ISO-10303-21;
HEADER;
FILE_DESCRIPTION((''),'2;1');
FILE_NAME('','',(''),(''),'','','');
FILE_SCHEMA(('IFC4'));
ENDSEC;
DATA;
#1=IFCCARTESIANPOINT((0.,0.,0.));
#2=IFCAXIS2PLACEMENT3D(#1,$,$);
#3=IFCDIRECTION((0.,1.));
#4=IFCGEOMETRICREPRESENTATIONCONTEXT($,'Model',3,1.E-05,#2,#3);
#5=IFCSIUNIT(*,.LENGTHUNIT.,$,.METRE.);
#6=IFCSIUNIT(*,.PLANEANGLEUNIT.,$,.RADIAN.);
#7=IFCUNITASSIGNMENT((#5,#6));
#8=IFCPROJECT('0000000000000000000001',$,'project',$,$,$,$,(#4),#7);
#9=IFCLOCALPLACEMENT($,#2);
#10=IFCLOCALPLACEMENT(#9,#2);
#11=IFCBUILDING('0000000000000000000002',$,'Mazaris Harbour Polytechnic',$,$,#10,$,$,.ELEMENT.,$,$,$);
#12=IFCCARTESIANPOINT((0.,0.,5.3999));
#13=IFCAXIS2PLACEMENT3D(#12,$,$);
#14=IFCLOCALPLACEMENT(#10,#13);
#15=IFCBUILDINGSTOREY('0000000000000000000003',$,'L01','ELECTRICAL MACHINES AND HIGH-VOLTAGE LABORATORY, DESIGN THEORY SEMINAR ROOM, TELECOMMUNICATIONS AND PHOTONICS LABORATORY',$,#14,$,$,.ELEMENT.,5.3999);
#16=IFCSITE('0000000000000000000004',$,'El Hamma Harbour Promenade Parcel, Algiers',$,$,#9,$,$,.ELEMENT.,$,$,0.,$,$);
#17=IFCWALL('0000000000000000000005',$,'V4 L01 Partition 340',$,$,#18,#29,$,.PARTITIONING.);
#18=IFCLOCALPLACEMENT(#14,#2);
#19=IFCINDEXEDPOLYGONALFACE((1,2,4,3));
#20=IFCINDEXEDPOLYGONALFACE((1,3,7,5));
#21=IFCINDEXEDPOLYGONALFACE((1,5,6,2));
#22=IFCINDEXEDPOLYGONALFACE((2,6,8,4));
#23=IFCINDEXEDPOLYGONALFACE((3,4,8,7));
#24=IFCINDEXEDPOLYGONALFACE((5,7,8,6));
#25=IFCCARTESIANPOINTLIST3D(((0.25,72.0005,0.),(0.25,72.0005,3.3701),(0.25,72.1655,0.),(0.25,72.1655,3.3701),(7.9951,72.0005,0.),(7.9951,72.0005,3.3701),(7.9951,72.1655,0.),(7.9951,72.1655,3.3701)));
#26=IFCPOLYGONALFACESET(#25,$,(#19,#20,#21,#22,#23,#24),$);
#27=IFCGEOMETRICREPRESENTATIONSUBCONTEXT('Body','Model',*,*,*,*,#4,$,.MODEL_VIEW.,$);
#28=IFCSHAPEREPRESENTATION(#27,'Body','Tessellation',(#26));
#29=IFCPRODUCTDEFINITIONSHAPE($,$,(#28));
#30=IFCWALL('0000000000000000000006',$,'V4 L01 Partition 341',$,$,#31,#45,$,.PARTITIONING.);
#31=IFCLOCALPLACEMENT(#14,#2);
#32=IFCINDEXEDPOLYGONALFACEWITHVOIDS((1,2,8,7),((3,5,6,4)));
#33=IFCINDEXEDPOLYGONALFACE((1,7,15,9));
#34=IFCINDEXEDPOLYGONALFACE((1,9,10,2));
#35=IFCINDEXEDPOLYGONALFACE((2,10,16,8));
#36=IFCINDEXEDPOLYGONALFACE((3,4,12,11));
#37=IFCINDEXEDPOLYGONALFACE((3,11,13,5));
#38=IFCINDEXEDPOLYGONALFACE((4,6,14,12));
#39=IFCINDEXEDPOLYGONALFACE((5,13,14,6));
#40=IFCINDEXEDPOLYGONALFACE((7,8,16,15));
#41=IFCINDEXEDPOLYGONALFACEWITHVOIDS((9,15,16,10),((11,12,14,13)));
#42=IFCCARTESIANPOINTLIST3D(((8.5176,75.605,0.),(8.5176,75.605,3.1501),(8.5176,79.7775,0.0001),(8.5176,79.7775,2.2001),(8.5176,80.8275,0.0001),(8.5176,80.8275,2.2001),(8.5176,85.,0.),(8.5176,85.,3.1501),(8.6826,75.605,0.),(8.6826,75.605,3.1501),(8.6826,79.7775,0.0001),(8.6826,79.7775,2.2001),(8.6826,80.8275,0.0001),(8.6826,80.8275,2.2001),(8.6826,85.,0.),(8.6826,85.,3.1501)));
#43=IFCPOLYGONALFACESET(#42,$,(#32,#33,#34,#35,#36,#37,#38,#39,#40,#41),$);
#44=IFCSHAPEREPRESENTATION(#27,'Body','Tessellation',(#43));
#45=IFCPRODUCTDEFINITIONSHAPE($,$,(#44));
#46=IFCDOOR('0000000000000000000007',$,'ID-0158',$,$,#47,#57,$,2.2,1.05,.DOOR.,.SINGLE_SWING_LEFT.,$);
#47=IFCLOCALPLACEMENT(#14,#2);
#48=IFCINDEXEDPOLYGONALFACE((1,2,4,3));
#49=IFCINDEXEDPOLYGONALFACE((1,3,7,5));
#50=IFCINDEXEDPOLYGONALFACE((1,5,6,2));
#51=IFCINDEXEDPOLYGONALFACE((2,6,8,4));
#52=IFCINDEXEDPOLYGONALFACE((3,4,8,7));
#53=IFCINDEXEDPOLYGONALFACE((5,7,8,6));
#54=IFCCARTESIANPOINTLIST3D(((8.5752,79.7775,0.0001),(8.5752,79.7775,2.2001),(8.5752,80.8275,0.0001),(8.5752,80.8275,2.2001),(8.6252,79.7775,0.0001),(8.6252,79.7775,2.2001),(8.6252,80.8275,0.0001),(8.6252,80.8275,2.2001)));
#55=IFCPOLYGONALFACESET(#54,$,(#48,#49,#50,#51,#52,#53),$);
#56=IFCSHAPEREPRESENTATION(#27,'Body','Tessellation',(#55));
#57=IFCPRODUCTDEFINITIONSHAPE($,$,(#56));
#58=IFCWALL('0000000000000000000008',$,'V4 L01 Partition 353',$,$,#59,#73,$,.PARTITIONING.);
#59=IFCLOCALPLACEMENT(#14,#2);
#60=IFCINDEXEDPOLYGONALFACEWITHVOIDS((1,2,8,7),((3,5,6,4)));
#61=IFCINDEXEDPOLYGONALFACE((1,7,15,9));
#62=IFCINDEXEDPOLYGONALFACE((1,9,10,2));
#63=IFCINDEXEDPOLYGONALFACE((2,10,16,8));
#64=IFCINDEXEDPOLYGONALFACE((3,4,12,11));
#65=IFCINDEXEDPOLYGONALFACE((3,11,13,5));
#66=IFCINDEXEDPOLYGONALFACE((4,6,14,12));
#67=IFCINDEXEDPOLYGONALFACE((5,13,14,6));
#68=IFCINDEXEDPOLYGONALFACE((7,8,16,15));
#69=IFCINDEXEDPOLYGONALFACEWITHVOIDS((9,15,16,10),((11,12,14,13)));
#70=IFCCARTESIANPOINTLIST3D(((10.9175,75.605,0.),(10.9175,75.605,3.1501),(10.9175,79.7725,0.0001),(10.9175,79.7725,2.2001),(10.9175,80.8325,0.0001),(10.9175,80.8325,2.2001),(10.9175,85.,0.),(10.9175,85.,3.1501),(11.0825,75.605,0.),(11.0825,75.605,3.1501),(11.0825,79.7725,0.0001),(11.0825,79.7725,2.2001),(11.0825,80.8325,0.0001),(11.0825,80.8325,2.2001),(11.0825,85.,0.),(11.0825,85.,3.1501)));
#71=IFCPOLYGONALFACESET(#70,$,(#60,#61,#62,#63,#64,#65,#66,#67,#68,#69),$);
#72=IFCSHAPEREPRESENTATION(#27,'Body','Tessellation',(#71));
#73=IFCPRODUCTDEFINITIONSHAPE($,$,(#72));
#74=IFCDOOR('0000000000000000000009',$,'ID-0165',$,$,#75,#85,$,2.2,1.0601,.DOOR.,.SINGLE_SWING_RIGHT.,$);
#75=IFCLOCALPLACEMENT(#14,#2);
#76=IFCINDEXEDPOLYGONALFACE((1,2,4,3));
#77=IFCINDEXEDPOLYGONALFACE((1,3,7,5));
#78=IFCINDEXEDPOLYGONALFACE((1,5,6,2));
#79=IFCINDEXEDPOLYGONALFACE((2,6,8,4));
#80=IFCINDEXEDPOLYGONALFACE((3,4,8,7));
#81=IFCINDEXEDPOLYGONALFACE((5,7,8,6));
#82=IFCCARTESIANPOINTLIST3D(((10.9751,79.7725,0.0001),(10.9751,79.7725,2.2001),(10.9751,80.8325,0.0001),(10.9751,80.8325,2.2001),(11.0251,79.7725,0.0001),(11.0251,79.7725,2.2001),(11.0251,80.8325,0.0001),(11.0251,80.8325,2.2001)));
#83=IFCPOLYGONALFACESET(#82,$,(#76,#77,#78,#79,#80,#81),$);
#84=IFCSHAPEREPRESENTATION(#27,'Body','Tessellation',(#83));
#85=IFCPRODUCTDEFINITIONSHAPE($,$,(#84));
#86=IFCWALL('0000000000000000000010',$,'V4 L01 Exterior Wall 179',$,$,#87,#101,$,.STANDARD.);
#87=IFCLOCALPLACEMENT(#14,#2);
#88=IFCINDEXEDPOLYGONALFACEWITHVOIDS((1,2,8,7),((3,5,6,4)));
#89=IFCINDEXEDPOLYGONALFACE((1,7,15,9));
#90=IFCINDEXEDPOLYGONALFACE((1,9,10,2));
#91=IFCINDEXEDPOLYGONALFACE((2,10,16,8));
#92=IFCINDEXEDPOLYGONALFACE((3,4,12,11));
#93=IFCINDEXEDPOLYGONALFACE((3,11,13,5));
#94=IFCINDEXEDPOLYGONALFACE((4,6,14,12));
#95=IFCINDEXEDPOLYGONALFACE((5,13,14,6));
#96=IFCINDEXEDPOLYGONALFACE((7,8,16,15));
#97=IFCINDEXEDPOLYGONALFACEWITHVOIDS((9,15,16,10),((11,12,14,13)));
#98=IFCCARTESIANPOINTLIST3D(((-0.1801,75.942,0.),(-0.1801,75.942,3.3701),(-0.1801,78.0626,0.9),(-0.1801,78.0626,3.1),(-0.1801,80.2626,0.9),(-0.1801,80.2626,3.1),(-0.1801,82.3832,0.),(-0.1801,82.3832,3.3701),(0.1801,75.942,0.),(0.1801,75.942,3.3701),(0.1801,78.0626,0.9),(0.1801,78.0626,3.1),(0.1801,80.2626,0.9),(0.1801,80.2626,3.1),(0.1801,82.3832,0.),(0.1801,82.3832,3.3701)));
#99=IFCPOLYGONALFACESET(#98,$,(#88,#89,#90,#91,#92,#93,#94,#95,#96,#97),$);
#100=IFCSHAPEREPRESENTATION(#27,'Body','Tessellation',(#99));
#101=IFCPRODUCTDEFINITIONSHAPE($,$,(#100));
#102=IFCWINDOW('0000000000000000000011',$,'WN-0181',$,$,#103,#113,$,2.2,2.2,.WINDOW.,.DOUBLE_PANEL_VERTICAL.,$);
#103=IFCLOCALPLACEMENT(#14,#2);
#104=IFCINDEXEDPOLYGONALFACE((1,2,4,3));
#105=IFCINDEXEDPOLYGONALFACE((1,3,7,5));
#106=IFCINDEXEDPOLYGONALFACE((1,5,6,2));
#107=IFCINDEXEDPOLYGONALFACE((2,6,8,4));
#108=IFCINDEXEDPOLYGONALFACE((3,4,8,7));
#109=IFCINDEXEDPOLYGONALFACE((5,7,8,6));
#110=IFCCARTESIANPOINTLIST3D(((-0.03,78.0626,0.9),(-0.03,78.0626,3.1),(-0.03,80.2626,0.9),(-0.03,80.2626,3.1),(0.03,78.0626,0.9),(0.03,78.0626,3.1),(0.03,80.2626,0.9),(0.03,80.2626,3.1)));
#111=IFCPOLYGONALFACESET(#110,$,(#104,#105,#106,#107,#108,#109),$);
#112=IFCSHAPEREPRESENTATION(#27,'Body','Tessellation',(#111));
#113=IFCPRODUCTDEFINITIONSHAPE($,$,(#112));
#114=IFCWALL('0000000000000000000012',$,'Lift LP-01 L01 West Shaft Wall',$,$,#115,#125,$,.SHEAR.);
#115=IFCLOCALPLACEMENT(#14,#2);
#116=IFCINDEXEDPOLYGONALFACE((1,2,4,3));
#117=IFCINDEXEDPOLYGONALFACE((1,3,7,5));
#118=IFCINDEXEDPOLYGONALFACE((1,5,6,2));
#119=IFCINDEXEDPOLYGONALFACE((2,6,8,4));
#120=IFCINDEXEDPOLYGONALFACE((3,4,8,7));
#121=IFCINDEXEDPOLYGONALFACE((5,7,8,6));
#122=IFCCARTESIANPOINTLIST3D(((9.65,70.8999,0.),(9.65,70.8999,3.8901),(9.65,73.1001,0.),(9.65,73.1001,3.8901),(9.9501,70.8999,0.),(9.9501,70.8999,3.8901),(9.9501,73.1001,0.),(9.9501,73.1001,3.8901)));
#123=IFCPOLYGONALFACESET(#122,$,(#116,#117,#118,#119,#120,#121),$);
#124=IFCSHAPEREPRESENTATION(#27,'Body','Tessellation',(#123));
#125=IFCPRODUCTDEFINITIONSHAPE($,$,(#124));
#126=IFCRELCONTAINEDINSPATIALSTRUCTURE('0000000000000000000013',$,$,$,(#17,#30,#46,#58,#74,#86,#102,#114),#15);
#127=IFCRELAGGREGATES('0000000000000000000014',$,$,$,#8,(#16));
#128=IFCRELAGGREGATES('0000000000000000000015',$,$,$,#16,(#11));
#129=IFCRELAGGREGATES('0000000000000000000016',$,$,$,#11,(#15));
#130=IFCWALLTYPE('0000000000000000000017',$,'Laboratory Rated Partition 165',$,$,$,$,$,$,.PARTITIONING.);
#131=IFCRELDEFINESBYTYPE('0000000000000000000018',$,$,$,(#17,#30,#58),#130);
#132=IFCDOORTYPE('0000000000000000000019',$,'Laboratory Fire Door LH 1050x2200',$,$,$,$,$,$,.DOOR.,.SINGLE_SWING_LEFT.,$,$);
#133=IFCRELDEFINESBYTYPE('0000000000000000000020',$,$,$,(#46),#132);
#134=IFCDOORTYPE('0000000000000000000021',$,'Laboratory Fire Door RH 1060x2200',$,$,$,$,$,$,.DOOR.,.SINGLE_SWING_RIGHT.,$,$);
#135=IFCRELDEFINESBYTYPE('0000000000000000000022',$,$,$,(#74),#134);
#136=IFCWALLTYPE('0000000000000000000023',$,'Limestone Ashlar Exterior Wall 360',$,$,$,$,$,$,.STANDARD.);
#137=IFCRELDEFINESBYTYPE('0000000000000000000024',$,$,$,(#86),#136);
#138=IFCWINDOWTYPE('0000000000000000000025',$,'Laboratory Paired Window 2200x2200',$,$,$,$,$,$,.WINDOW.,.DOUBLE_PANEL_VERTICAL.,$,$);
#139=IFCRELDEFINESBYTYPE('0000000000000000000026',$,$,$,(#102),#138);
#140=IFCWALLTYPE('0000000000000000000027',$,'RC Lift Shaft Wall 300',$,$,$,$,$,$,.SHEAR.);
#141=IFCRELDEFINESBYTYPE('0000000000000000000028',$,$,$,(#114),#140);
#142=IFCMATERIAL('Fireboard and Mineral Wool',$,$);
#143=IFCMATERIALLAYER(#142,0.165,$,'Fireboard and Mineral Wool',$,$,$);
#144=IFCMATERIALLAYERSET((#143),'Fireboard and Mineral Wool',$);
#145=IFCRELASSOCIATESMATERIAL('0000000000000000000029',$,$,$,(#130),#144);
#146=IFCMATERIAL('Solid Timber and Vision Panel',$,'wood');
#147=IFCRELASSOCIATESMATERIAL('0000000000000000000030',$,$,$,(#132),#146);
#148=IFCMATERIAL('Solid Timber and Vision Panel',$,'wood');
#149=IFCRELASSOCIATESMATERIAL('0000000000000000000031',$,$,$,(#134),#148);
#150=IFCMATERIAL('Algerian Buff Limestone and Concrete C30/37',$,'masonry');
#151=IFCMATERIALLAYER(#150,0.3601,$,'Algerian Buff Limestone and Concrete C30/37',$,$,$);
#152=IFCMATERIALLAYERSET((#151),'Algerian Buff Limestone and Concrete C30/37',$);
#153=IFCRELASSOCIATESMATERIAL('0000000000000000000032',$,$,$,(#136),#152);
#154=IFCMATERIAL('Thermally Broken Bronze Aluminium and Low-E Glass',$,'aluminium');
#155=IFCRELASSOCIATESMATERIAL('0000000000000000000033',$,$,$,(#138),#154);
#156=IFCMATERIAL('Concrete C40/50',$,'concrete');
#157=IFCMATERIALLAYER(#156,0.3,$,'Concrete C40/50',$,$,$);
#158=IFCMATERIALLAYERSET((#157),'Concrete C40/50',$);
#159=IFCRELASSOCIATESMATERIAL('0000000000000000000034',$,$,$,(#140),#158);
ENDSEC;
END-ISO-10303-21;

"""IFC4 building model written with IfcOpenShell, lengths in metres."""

from ifc_helpers import new_model, si_unit, direction, frame, frame_2d, origin, place, context, subcontext, project, spatial, rectangle, extrude, material, layer, layer_set, type_object, element, fill, save


model = new_model("IFC4")

# Units and contexts
model_context = context("Model", 3, precision=1e-05, world=origin(), true_north=direction((0.0, 1.0)))
body_context = subcontext(model_context, "Body", "Model", "MODEL_VIEW")
ifc_project = project(units=[si_unit("LENGTHUNIT", "METRE"), si_unit("PLANEANGLEUNIT", "RADIAN")], contexts=[model_context])

# Site, building, storey
site_placement = place(None, origin())
site = spatial("IfcSite", under=ifc_project, at=site_placement, Name="El Hamma Harbour Promenade Parcel, Algiers", CompositionType="ELEMENT", RefElevation=0.0)
building_placement = place(site_placement, origin())
building = spatial("IfcBuilding", under=site, at=building_placement, Name="Mazaris Harbour Polytechnic", CompositionType="ELEMENT")
storey_placement = place(building_placement, frame((0.0, 0.0, 5.3999)))
storey = spatial("IfcBuildingStorey", under=building, at=storey_placement, Name="L01", Description="ELECTRICAL MACHINES AND HIGH-VOLTAGE LABORATORY, DESIGN THEORY SEMINAR ROOM, TELECOMMUNICATIONS AND PHOTONICS LABORATORY", CompositionType="ELEMENT", Elevation=5.3999)

# Wall
ifc_material_1 = material(Name="Fireboard and Mineral Wool")
ifc_layer_1 = layer(ifc_material_1, 0.165, Name="Fireboard and Mineral Wool")
ifc_layer_set_1 = layer_set([ifc_layer_1], Name="Fireboard and Mineral Wool")
wall_type_1 = type_object("IfcWallType", Name="Laboratory Rated Partition 165", PredefinedType="PARTITIONING", material=ifc_layer_set_1)
wall_1_placement = place(storey_placement, frame((0.25, 72.083, 0.0), z_axis=(0.0, 0.0, 1.0), x_axis=(1.0, 0.0, 0.0)))
element("IfcWall", 1, at=wall_1_placement, inside=storey, type_object=wall_type_1, Name="V4 L01 Partition 340", PredefinedType="PARTITIONING", context=body_context, shape_type="SweptSolid", body=[
    extrude(rectangle(XDim=7.7451, YDim=0.165, at=frame_2d((3.8726, 0.0))), origin(), (0.0, 0.0, 1.0), 3.3701),
])

# Walls, openings, doors
wall_2_placement = place(storey_placement, frame((8.6001, 75.605, 0.0), z_axis=(0.0, 0.0, 1.0), x_axis=(0.0, 1.0, 0.0)))
wall_2 = element("IfcWall", 2, at=wall_2_placement, inside=storey, type_object=wall_type_1, Name="V4 L01 Partition 341", PredefinedType="PARTITIONING", context=body_context, shape_type="SweptSolid", body=[
    extrude(rectangle(XDim=9.395, YDim=0.165, at=frame_2d((4.6975, 0.0))), origin(), (0.0, 0.0, 1.0), 3.1501),
])
opening_1_placement = place(wall_2_placement, frame((4.1726, 0.0, 0.0)))
opening_1 = element("IfcOpeningElement", 3, at=opening_1_placement, cuts=wall_2, PredefinedType="OPENING", context=body_context, shape_type="SweptSolid", body=[
    extrude(rectangle(XDim=1.05, YDim=2.2, at=frame_2d((0.5249, 1.1001))), frame((0.0, 0.0925, 0.0), z_axis=(0.0, -1.0, 0.0), x_axis=(1.0, 0.0, 0.0)), (0.0, 0.0, 1.0), 0.1851),
])
ifc_material_2 = material(Name="Solid Timber and Vision Panel", Category="wood")
door_type_1 = type_object("IfcDoorType", Name="Laboratory Fire Door LH 1050x2200", OperationType="SINGLE_SWING_LEFT", PredefinedType="DOOR", material=ifc_material_2)
door_1_placement = place(opening_1_placement, origin())
door_1 = element("IfcDoor", 4, at=door_1_placement, inside=storey, type_object=door_type_1, Name="ID-0158", OperationType="SINGLE_SWING_LEFT", OverallHeight=2.2, OverallWidth=1.05, PredefinedType="DOOR", context=body_context, shape_type="SweptSolid", body=[
    extrude(rectangle(XDim=1.05, YDim=2.2, at=frame_2d((0.5249, 1.1001))), frame((0.0, 0.0249, 0.0), z_axis=(0.0, -1.0, 0.0), x_axis=(1.0, 0.0, 0.0)), (0.0, 0.0, 1.0), 0.05),
])
fill(opening_1, door_1)
wall_3_placement = place(storey_placement, frame((11.0, 75.605, 0.0), z_axis=(0.0, 0.0, 1.0), x_axis=(0.0, 1.0, 0.0)))
wall_3 = element("IfcWall", 5, at=wall_3_placement, inside=storey, type_object=wall_type_1, Name="V4 L01 Partition 353", PredefinedType="PARTITIONING", context=body_context, shape_type="SweptSolid", body=[
    extrude(rectangle(XDim=9.395, YDim=0.165, at=frame_2d((4.6975, 0.0))), origin(), (0.0, 0.0, 1.0), 3.1501),
])
opening_2_placement = place(wall_3_placement, frame((4.1675, 0.0, 0.0)))
opening_2 = element("IfcOpeningElement", 6, at=opening_2_placement, cuts=wall_3, PredefinedType="OPENING", context=body_context, shape_type="SweptSolid", body=[
    extrude(rectangle(XDim=1.0601, YDim=2.2, at=frame_2d((0.53, 1.1001))), frame((0.0, 0.0925, 0.0), z_axis=(0.0, -1.0, 0.0), x_axis=(1.0, 0.0, 0.0)), (0.0, 0.0, 1.0), 0.1851),
])
ifc_material_3 = material(Name="Solid Timber and Vision Panel", Category="wood")
door_type_2 = type_object("IfcDoorType", Name="Laboratory Fire Door RH 1060x2200", OperationType="SINGLE_SWING_RIGHT", PredefinedType="DOOR", material=ifc_material_3)
door_2_placement = place(opening_2_placement, origin())
door_2 = element("IfcDoor", 7, at=door_2_placement, inside=storey, type_object=door_type_2, Name="ID-0165", OperationType="SINGLE_SWING_RIGHT", OverallHeight=2.2, OverallWidth=1.0601, PredefinedType="DOOR", context=body_context, shape_type="SweptSolid", body=[
    extrude(rectangle(XDim=1.0601, YDim=2.2, at=frame_2d((0.53, 1.1001))), frame((0.0, 0.0249, 0.0), z_axis=(0.0, -1.0, 0.0), x_axis=(1.0, 0.0, 0.0)), (0.0, 0.0, 1.0), 0.05),
])
fill(opening_2, door_2)

# Wall, opening, window
ifc_material_4 = material(Name="Algerian Buff Limestone and Concrete C30/37", Category="masonry")
ifc_layer_2 = layer(ifc_material_4, 0.3601, Name="Algerian Buff Limestone and Concrete C30/37")
ifc_layer_set_2 = layer_set([ifc_layer_2], Name="Algerian Buff Limestone and Concrete C30/37")
wall_type_2 = type_object("IfcWallType", Name="Limestone Ashlar Exterior Wall 360", PredefinedType="STANDARD", material=ifc_layer_set_2)
wall_4_placement = place(storey_placement, frame((0.0, 75.9419, 0.0), z_axis=(0.0, 0.0, 1.0), x_axis=(0.0, 1.0, 0.0)))
wall_4 = element("IfcWall", 8, at=wall_4_placement, inside=storey, type_object=wall_type_2, Name="V4 L01 Exterior Wall 179", PredefinedType="STANDARD", context=body_context, shape_type="SweptSolid", body=[
    extrude(rectangle(XDim=6.4412, YDim=0.3601, at=frame_2d((3.2207, 0.0))), origin(), (0.0, 0.0, 1.0), 3.3701),
])
opening_3_placement = place(wall_4_placement, frame((2.1206, 0.0, 0.8999)))
opening_3 = element("IfcOpeningElement", 9, at=opening_3_placement, cuts=wall_4, PredefinedType="OPENING", context=body_context, shape_type="SweptSolid", body=[
    extrude(rectangle(XDim=2.2, YDim=2.2, at=frame_2d((1.1001, 1.1001))), frame((0.0, 0.1899, 0.0), z_axis=(0.0, -1.0, 0.0), x_axis=(1.0, 0.0, 0.0)), (0.0, 0.0, 1.0), 0.3801),
])
ifc_material_5 = material(Name="Thermally Broken Bronze Aluminium and Low-E Glass", Category="aluminium")
window_type = type_object("IfcWindowType", Name="Laboratory Paired Window 2200x2200", PartitioningType="DOUBLE_PANEL_VERTICAL", PredefinedType="WINDOW", material=ifc_material_5)
window_placement = place(opening_3_placement, origin())
window = element("IfcWindow", 10, at=window_placement, inside=storey, type_object=window_type, Name="WN-0181", OverallHeight=2.2, OverallWidth=2.2, PartitioningType="DOUBLE_PANEL_VERTICAL", PredefinedType="WINDOW", context=body_context, shape_type="SweptSolid", body=[
    extrude(rectangle(XDim=2.2, YDim=2.2, at=frame_2d((1.1001, 1.1001))), frame((0.0, 0.03, 0.0), z_axis=(0.0, -1.0, 0.0), x_axis=(1.0, 0.0, 0.0)), (0.0, 0.0, 1.0), 0.0601),
])
fill(opening_3, window)

# Wall
ifc_material_6 = material(Name="Concrete C40/50", Category="concrete")
ifc_layer_3 = layer(ifc_material_6, 0.3, Name="Concrete C40/50")
ifc_layer_set_3 = layer_set([ifc_layer_3], Name="Concrete C40/50")
wall_type_3 = type_object("IfcWallType", Name="RC Lift Shaft Wall 300", PredefinedType="SHEAR", material=ifc_layer_set_3)
wall_5_placement = place(storey_placement, frame((9.8, 73.1001, 0.0), z_axis=(0.0, 0.0, 1.0), x_axis=(0.0, -1.0, 0.0)))
element("IfcWall", 11, at=wall_5_placement, inside=storey, type_object=wall_type_3, Name="Lift LP-01 L01 West Shaft Wall", PredefinedType="SHEAR", context=body_context, shape_type="SweptSolid", body=[
    extrude(rectangle(XDim=2.2002, YDim=0.3, at=frame_2d((1.1001, 0.0))), origin(), (0.0, 0.0, 1.0), 3.8901),
])

save(model, "model.ifc")
